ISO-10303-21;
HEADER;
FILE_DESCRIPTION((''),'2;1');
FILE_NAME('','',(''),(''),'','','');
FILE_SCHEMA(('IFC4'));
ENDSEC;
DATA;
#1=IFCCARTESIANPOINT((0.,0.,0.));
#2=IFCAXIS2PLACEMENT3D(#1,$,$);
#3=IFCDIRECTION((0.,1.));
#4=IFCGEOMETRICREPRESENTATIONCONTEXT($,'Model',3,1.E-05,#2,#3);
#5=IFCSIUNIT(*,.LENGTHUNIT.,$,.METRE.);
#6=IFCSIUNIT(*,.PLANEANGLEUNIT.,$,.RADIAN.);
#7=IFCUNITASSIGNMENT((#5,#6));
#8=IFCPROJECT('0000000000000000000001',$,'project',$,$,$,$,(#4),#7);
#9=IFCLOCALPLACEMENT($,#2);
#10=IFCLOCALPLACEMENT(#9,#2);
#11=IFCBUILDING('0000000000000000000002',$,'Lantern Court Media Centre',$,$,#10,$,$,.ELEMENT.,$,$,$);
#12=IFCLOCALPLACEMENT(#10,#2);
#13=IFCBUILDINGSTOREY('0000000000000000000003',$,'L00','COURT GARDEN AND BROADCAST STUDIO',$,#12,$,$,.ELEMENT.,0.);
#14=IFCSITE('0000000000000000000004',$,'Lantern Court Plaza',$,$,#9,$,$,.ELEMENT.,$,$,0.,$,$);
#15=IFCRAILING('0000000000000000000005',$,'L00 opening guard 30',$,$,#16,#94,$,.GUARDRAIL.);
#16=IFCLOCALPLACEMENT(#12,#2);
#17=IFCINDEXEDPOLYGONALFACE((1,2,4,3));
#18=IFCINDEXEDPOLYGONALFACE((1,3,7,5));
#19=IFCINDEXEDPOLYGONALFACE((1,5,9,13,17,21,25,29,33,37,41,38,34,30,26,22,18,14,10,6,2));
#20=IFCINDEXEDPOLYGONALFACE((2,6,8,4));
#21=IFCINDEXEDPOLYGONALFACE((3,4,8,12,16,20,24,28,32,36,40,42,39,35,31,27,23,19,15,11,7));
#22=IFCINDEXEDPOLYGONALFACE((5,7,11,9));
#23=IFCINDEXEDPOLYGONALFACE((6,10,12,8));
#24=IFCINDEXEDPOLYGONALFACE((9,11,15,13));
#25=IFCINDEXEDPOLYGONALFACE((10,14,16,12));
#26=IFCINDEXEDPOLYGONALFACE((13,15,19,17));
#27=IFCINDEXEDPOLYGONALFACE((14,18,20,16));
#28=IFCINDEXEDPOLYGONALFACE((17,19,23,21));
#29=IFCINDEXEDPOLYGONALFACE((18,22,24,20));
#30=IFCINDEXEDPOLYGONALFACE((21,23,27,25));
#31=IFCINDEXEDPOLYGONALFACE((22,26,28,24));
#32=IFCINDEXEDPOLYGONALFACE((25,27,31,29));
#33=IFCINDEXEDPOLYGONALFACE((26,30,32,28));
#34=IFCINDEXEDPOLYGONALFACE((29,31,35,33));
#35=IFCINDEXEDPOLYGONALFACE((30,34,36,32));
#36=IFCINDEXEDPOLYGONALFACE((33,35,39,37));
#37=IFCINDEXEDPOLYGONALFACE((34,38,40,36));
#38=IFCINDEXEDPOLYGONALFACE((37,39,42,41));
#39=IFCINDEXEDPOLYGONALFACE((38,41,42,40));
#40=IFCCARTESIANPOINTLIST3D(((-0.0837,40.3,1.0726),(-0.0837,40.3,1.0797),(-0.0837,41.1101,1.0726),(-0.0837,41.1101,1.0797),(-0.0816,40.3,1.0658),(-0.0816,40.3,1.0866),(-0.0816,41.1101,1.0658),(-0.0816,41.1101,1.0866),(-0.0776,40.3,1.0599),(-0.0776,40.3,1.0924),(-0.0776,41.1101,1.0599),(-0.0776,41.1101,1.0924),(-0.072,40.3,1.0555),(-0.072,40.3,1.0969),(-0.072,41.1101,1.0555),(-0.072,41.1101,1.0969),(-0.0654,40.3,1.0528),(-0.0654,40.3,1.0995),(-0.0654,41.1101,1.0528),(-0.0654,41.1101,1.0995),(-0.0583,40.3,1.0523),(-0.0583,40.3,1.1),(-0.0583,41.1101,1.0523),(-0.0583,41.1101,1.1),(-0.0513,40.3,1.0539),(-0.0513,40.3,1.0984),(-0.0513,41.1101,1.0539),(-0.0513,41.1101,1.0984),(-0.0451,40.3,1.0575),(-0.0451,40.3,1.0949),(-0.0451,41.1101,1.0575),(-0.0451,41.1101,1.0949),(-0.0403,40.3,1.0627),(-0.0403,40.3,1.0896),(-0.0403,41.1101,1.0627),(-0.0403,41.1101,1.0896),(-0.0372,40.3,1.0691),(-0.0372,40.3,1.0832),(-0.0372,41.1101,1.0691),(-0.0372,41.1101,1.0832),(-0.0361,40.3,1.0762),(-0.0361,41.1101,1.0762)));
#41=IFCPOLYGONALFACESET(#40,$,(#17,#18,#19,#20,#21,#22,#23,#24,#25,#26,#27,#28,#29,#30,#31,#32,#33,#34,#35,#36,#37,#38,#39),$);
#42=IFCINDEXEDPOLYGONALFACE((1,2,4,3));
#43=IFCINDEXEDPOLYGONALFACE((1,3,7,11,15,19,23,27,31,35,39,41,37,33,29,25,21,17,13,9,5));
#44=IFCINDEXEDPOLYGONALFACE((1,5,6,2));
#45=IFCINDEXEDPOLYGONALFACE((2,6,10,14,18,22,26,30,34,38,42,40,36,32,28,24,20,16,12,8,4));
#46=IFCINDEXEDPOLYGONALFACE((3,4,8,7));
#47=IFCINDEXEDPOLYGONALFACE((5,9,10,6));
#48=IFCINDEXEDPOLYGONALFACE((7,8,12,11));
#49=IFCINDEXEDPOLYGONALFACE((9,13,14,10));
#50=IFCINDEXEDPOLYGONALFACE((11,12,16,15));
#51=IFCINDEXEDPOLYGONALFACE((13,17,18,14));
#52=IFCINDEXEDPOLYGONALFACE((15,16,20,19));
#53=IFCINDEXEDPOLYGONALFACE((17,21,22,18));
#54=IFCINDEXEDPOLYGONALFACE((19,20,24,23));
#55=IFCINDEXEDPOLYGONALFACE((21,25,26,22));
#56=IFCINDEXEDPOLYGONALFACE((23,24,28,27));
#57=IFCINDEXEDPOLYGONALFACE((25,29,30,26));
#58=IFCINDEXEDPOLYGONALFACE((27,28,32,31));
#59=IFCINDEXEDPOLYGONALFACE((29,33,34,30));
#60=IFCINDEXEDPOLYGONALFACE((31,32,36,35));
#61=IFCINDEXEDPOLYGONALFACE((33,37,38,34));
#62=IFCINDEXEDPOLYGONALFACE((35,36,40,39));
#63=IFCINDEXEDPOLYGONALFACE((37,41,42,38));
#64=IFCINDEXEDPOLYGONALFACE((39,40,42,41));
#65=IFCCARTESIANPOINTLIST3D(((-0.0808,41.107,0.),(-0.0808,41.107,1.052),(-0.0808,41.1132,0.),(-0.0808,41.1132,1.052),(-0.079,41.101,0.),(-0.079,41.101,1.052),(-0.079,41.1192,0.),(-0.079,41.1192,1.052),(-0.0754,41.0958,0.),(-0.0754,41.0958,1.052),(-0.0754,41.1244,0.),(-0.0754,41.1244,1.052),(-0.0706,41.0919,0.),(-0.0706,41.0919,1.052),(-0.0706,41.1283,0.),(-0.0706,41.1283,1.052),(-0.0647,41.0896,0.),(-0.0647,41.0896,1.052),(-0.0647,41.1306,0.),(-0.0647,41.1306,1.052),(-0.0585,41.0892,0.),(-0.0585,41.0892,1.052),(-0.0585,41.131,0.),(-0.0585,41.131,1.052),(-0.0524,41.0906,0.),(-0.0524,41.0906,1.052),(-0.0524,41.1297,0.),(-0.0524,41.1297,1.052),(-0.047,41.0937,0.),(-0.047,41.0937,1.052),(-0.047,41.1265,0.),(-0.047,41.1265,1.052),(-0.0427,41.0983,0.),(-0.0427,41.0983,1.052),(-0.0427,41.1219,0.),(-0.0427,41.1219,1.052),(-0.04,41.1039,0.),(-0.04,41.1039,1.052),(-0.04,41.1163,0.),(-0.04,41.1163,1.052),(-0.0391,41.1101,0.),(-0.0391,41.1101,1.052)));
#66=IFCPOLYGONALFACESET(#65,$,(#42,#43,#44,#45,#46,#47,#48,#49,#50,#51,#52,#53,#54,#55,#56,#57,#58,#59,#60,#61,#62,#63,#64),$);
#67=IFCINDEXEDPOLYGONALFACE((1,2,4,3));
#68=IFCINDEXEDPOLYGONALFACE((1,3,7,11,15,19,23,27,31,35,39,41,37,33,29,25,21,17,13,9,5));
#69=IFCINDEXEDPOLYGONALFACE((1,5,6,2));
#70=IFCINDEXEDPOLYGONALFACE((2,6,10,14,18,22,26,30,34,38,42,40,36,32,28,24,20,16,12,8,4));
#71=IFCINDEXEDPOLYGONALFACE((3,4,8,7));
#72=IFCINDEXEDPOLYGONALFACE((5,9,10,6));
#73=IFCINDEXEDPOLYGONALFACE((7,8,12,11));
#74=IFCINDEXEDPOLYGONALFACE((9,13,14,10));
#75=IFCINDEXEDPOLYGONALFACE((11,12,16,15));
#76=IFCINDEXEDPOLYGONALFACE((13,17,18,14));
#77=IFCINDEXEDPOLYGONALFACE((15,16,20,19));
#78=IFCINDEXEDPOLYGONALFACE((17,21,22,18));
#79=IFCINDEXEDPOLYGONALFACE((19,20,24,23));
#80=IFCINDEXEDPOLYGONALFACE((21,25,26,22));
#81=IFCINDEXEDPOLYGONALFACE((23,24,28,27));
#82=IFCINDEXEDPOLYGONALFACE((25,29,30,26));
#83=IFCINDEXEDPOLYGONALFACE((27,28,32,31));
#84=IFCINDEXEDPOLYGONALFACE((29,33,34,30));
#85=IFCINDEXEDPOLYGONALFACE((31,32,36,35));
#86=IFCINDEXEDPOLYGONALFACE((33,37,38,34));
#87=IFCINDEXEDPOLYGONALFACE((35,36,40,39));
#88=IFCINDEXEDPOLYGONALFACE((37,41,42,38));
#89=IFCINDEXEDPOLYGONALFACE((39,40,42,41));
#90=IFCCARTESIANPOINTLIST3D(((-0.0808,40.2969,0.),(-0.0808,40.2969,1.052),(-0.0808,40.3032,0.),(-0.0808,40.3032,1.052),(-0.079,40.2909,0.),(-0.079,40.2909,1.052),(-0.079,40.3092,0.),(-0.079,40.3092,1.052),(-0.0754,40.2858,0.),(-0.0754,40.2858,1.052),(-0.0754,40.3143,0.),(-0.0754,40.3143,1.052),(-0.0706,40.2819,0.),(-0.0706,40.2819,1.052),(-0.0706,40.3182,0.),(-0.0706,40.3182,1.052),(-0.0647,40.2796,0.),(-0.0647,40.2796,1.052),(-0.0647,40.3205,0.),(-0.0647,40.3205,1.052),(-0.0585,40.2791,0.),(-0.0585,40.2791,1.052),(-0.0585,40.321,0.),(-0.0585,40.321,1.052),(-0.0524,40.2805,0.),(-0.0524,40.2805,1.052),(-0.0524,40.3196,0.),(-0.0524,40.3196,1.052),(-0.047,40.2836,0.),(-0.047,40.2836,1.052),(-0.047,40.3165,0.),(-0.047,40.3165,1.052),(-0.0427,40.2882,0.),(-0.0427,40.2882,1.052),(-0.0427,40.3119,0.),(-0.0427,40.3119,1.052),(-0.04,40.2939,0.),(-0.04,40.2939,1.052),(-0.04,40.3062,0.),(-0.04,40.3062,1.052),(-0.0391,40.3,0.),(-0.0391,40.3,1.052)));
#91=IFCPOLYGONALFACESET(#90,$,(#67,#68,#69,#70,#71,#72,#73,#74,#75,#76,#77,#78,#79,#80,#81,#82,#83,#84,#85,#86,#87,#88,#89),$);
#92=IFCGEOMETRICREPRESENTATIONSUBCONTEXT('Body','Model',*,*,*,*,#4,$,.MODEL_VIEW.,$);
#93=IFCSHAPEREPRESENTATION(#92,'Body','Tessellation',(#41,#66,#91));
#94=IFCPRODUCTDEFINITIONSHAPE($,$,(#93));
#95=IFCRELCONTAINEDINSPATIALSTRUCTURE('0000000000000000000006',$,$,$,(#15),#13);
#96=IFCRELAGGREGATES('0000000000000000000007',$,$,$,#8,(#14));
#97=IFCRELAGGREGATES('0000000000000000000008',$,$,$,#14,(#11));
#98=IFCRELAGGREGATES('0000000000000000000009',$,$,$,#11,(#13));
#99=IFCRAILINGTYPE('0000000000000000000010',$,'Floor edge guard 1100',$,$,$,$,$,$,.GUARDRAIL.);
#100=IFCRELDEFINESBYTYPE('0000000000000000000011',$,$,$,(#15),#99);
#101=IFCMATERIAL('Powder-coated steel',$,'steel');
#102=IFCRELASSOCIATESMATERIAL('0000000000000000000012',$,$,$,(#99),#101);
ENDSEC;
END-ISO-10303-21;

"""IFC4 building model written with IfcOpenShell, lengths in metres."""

from ifc_helpers import new_model, si_unit, direction, frame, origin, origin_2d, place, context, subcontext, project, spatial, circle, extrude, material, type_object, element, save


model = new_model("IFC4")

# Units and contexts
model_context = context("Model", 3, precision=1e-05, world=origin(), true_north=direction((0.0, 1.0)))
body_context = subcontext(model_context, "Body", "Model", "MODEL_VIEW")
ifc_project = project(units=[si_unit("LENGTHUNIT", "METRE"), si_unit("PLANEANGLEUNIT", "RADIAN")], contexts=[model_context])

# Site, building, storey
site_placement = place(None, origin())
site = spatial("IfcSite", under=ifc_project, at=site_placement, Name="Lantern Court Plaza", CompositionType="ELEMENT", RefElevation=0.0)
building_placement = place(site_placement, origin())
building = spatial("IfcBuilding", under=site, at=building_placement, Name="Lantern Court Media Centre", CompositionType="ELEMENT")
storey_placement = place(building_placement, origin())
storey = spatial("IfcBuildingStorey", under=building, at=storey_placement, Name="L00", Description="COURT GARDEN AND BROADCAST STUDIO", CompositionType="ELEMENT", Elevation=0.0)

# Railing
ifc_material_1 = material(Name="Powder-coated steel", Category="steel")
railing_type_1 = type_object("IfcRailingType", Name="Floor edge guard 1100", PredefinedType="GUARDRAIL", material=ifc_material_1)
railing_1_placement = place(storey_placement, frame((-0.0601, 41.1101, 0.0)))
element("IfcRailing", 1, at=railing_1_placement, inside=storey, type_object=railing_type_1, Name="L00 opening guard 30", PredefinedType="GUARDRAIL", context=body_context, shape_type="SweptSolid", body=[
    extrude(circle(Radius=0.0239, at=origin_2d()), frame((0.0, 0.0, 1.0762), z_axis=(0.0, -1.0, 0.0), x_axis=(1.0, 0.0, 0.0)), (0.0, 0.0, 1.0), 0.8101),
    extrude(circle(Radius=0.021, at=origin_2d()), origin(), (0.0, 0.0, 1.0), 1.052),
    extrude(circle(Radius=0.021, at=origin_2d()), frame((0.0, -0.8101, 0.0)), (0.0, 0.0, 1.0), 1.052),
])

save(model, "model.ifc")
